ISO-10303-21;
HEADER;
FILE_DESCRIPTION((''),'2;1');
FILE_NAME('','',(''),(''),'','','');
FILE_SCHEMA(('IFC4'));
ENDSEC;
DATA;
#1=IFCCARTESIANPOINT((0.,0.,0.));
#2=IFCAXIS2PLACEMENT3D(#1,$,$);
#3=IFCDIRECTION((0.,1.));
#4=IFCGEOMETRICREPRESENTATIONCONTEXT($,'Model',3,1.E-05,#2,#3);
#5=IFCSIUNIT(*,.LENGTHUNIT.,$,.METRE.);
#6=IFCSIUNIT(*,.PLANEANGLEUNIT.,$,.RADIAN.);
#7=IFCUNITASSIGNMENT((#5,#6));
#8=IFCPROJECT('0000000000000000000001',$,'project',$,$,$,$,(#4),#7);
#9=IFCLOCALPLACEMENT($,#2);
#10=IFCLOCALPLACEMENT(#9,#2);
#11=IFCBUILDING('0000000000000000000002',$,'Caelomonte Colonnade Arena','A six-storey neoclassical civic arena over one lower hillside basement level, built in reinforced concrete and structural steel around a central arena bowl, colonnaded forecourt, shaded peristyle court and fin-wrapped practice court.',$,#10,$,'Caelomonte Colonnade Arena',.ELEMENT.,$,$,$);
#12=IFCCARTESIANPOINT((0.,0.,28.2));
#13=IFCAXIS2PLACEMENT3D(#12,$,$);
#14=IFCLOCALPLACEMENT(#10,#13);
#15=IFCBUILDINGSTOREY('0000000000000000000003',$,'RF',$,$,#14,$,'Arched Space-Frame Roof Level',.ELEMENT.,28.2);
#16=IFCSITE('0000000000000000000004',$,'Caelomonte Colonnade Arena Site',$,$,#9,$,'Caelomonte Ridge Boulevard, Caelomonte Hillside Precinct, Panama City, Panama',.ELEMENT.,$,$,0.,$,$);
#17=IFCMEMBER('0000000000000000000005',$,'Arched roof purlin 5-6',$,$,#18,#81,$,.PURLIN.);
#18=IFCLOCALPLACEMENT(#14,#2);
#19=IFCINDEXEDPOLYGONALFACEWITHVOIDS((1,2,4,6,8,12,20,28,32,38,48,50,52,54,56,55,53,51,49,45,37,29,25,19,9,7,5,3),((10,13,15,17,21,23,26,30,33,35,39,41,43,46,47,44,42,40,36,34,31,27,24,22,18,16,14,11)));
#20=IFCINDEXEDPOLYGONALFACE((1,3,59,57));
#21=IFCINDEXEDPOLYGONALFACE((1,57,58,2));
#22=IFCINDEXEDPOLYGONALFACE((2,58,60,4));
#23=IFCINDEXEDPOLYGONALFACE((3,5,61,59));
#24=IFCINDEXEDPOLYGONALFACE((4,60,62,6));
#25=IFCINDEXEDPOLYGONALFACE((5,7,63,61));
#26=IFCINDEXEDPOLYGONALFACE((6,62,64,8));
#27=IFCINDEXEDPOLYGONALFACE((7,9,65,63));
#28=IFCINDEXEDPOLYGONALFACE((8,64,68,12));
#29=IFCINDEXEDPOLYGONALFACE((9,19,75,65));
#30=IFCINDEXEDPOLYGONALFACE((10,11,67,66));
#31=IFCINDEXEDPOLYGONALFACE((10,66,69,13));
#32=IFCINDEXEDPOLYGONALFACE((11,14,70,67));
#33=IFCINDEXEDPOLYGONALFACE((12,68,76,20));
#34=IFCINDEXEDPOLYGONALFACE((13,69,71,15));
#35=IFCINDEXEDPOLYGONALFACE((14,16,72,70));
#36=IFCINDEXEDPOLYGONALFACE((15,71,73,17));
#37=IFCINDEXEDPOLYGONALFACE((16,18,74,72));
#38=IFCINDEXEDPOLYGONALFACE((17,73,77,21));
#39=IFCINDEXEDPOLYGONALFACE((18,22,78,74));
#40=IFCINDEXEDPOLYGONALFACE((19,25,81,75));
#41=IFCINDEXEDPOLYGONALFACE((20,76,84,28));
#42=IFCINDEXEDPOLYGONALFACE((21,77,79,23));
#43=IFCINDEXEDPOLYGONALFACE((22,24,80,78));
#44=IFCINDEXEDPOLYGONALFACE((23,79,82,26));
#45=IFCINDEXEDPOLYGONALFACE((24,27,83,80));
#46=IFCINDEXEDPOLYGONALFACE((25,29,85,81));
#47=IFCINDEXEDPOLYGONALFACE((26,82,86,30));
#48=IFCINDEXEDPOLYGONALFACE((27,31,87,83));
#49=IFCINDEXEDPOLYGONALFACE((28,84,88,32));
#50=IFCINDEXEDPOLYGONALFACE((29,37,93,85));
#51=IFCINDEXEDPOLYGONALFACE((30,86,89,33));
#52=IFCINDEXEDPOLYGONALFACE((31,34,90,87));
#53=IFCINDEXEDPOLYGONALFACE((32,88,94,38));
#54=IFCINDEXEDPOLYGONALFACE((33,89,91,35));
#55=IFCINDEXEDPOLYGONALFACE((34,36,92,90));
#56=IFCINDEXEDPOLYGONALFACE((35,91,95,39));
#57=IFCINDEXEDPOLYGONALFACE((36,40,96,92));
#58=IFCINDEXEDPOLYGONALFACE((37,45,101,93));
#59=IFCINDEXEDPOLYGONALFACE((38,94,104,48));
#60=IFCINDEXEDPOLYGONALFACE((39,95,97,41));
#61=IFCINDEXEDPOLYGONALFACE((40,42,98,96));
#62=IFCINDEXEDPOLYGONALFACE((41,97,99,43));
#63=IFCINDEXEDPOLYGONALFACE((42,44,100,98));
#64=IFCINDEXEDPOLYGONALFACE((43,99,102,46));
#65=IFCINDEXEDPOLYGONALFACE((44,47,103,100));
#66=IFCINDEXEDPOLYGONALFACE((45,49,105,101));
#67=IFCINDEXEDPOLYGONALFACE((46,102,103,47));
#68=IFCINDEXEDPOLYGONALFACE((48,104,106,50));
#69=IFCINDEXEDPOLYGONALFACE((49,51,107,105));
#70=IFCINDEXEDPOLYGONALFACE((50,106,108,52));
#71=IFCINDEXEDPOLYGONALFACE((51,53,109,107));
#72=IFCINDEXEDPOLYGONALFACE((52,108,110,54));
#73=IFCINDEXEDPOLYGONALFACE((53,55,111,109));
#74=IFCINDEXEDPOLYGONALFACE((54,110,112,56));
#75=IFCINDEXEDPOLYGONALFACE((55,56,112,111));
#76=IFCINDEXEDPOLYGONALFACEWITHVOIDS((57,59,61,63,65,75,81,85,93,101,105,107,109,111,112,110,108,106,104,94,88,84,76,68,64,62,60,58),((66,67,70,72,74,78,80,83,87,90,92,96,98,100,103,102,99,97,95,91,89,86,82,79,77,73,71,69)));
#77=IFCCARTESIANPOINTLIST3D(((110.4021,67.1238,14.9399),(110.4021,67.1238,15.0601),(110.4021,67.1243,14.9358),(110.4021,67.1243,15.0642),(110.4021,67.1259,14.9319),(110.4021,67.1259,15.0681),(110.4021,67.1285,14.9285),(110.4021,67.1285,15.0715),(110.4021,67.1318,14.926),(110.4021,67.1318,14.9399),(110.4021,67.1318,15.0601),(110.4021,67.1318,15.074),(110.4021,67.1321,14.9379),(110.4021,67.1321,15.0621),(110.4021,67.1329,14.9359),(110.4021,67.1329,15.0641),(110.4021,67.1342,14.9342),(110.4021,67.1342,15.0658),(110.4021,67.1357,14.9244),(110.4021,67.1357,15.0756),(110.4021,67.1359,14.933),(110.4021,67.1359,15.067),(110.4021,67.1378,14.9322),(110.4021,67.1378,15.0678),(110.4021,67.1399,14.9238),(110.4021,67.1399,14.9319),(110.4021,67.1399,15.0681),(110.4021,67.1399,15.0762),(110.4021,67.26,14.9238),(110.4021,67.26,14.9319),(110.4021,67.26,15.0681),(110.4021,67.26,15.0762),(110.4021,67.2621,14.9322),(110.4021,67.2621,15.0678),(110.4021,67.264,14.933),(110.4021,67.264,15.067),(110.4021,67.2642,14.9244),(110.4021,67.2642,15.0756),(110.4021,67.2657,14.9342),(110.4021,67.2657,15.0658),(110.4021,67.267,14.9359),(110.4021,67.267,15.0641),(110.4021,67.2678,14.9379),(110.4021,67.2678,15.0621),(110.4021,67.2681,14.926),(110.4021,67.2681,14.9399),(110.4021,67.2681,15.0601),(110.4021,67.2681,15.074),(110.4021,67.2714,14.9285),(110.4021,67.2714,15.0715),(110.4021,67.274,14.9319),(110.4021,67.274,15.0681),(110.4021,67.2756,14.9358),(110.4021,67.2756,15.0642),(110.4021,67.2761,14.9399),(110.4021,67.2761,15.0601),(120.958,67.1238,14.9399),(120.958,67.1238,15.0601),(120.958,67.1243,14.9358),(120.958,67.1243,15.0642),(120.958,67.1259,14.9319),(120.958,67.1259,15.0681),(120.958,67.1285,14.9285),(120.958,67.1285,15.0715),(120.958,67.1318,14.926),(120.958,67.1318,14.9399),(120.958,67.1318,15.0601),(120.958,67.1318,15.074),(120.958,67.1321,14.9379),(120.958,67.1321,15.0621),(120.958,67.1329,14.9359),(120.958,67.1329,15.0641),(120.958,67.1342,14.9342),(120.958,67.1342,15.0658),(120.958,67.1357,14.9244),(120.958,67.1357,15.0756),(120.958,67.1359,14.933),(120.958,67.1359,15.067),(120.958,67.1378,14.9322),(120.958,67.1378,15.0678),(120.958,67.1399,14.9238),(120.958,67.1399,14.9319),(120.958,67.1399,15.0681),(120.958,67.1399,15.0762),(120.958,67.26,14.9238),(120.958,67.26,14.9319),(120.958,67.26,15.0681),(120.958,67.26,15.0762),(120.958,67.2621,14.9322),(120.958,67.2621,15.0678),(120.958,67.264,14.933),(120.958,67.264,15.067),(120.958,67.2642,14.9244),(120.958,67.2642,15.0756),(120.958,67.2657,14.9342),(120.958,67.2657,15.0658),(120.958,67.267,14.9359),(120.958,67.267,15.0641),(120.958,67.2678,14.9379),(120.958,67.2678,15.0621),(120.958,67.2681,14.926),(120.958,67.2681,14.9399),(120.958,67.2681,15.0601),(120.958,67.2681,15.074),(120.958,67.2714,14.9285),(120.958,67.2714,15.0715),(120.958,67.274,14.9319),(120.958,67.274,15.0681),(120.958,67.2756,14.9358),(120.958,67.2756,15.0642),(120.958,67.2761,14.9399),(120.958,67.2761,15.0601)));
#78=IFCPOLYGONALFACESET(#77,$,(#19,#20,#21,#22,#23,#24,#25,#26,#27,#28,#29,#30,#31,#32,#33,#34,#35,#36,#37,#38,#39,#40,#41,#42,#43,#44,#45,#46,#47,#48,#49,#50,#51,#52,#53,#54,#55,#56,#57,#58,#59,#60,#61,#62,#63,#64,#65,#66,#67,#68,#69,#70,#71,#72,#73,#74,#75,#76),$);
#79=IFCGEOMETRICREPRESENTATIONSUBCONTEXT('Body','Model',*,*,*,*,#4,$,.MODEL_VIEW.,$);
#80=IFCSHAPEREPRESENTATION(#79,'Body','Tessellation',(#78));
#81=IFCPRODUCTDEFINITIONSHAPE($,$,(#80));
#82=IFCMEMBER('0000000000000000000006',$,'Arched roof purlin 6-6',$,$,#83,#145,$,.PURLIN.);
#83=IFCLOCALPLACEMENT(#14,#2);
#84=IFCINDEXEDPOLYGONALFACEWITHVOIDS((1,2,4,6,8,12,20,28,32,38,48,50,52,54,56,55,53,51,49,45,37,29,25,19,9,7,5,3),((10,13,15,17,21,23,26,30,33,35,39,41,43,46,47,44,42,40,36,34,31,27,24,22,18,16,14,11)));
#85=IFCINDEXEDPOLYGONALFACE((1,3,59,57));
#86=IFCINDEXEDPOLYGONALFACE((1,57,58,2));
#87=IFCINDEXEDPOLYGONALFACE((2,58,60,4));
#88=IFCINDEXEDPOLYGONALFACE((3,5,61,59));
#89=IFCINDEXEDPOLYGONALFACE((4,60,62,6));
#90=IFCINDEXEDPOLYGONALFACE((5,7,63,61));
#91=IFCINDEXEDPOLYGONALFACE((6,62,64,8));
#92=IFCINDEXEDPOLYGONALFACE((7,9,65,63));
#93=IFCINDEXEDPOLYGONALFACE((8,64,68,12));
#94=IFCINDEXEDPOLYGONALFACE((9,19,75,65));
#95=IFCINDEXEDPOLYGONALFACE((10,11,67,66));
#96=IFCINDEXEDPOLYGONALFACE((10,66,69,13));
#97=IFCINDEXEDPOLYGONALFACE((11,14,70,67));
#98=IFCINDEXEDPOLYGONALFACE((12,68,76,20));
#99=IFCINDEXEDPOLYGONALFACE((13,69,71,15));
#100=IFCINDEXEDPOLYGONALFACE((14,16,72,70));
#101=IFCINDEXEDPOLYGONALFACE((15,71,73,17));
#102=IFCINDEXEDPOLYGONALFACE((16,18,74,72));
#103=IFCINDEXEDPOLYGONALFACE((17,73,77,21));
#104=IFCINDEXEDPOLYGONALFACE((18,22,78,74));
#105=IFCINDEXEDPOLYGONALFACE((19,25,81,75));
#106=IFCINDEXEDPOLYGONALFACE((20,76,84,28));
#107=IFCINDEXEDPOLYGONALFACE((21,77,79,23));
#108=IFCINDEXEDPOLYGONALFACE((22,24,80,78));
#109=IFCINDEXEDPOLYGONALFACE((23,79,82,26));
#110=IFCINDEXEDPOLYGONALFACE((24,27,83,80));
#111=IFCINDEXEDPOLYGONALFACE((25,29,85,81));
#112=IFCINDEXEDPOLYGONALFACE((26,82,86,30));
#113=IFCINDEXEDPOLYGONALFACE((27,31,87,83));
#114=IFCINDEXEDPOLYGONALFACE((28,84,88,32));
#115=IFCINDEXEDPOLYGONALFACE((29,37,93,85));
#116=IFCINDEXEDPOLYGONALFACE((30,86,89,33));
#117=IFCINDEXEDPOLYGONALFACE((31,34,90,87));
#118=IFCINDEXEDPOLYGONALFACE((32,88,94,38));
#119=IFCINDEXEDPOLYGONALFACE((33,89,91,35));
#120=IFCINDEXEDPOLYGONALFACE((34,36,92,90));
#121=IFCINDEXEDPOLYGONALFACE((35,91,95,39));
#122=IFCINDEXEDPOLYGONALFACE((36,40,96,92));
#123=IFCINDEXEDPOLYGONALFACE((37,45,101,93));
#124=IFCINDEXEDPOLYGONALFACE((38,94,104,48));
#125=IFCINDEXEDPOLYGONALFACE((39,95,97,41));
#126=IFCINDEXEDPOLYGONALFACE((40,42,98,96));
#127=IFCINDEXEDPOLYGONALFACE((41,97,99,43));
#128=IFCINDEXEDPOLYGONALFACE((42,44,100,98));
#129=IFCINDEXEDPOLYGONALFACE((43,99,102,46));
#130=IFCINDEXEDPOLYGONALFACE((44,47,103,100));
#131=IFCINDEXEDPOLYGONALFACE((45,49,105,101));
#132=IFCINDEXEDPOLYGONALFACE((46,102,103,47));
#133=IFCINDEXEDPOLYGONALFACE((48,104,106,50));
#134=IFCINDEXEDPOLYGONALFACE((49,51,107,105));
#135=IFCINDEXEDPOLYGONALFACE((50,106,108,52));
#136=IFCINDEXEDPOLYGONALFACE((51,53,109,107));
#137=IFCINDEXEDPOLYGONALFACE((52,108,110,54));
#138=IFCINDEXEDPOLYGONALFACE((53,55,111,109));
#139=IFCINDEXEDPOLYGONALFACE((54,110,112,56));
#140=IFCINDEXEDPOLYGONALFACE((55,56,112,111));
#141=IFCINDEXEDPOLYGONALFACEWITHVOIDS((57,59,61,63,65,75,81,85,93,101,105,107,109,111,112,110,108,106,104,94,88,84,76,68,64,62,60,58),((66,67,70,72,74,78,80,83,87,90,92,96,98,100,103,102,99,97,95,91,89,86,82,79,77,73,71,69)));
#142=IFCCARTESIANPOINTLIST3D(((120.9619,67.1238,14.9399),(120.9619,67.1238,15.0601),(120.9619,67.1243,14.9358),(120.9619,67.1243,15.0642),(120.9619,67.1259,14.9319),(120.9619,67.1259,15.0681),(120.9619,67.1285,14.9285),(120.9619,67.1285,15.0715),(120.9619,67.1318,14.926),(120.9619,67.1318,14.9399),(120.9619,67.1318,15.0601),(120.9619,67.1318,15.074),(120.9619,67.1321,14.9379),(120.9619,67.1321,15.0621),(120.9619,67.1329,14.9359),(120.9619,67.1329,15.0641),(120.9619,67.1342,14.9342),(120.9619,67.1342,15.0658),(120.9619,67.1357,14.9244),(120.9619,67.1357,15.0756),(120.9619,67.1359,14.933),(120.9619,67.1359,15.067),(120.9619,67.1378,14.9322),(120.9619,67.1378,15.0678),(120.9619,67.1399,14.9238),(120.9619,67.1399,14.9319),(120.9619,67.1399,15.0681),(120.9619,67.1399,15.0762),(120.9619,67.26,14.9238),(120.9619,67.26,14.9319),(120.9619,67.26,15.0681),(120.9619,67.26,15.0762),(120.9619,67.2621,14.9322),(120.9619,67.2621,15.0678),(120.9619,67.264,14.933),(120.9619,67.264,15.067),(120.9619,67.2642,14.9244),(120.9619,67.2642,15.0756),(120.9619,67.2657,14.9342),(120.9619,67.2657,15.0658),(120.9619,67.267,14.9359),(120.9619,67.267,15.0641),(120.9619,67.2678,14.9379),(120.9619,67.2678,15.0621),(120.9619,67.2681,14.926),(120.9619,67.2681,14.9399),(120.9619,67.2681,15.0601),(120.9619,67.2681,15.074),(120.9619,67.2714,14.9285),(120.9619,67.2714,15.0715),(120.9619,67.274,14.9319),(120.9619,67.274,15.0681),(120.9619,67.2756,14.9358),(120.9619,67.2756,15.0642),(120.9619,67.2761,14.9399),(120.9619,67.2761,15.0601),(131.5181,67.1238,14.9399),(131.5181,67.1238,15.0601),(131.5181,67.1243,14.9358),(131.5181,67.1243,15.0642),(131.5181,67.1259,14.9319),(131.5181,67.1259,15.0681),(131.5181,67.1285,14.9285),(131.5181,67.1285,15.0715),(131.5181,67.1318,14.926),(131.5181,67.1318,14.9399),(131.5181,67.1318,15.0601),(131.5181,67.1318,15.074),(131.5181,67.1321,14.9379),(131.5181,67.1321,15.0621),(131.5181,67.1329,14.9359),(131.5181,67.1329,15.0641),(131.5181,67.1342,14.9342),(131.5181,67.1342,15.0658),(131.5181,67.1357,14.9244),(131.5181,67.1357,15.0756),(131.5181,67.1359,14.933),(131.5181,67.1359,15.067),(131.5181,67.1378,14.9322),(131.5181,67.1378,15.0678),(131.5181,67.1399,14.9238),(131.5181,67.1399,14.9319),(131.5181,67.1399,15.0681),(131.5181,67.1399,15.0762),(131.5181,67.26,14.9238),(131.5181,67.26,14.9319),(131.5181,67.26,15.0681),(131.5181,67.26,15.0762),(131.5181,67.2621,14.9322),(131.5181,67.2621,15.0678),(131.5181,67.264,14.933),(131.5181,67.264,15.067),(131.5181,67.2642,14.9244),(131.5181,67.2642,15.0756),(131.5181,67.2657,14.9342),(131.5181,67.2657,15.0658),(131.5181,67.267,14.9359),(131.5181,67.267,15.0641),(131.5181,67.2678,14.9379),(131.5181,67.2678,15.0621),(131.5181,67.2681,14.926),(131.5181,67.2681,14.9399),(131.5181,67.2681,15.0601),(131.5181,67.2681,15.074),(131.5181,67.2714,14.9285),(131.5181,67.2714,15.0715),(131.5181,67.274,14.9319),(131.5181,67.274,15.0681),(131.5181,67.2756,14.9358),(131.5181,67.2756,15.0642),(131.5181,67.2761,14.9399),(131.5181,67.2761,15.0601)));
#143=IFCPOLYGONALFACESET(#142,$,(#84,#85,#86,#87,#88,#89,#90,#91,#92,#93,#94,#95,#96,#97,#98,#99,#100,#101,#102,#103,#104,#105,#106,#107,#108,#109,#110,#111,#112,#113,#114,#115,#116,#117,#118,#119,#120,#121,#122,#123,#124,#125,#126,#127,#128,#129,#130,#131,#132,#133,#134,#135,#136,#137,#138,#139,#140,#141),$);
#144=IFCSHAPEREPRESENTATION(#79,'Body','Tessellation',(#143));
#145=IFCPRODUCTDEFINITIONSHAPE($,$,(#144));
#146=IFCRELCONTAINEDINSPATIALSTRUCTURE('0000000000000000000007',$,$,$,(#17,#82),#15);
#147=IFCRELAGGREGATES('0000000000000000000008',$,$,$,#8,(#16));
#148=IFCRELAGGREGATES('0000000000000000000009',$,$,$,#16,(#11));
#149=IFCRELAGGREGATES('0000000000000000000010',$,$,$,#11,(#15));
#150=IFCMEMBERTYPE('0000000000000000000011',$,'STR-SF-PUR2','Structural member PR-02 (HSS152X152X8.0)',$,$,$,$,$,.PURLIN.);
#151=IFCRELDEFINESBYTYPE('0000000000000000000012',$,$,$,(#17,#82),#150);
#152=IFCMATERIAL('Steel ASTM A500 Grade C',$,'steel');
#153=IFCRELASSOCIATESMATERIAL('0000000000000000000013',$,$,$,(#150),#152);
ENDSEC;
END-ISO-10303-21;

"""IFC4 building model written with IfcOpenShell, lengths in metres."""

from ifc_helpers import new_model, si_unit, direction, frame, origin, origin_2d, place, context, subcontext, project, spatial, hollow_rectangle, extrude, material, material_profile, profile_set, type_object, element, save


model = new_model("IFC4")

# Units and contexts
model_context = context("Model", 3, precision=1e-05, world=origin(), true_north=direction((0.0, 1.0)))
body_context = subcontext(model_context, "Body", "Model", "MODEL_VIEW")
ifc_project = project(units=[si_unit("LENGTHUNIT", "METRE"), si_unit("PLANEANGLEUNIT", "RADIAN")], contexts=[model_context])

# Site, building, storey
site_placement = place(None, origin())
site = spatial("IfcSite", under=ifc_project, at=site_placement, Name="Caelomonte Colonnade Arena Site", LongName="Caelomonte Ridge Boulevard, Caelomonte Hillside Precinct, Panama City, Panama", CompositionType="ELEMENT", RefElevation=0.0)
building_placement = place(site_placement, origin())
building = spatial("IfcBuilding", under=site, at=building_placement, Name="Caelomonte Colonnade Arena", Description="A six-storey neoclassical civic arena over one lower hillside basement level, built in reinforced concrete and structural steel around a central arena bowl, colonnaded forecourt, shaded peristyle court and fin-wrapped practice court.", LongName="Caelomonte Colonnade Arena", CompositionType="ELEMENT")
storey_placement = place(building_placement, frame((0.0, 0.0, 28.2)))
storey = spatial("IfcBuildingStorey", under=building, at=storey_placement, Name="RF", LongName="Arched Space-Frame Roof Level", CompositionType="ELEMENT", Elevation=28.2)

# Members
ifc_material_1 = material(Name="Steel ASTM A500 Grade C", Category="steel")
ifc_material_profile_1 = material_profile(ifc_material_1, hollow_rectangle(XDim=0.1523, YDim=0.1523, WallThickness=0.0081, InnerFilletRadius=0.0081, OuterFilletRadius=0.0161, at=origin_2d()), Name="HSS152X152X8.0")
ifc_profile_set_1 = profile_set([ifc_material_profile_1], Name="Steel ASTM A500 Grade C")
member_type_1 = type_object("IfcMemberType", Name="STR-SF-PUR2", Description="Structural member PR-02 (HSS152X152X8.0)", PredefinedType="PURLIN", material=ifc_profile_set_1)
member_1_placement = place(storey_placement, frame((110.4021, 67.2, 15.0), z_axis=(1.0, 0.0, 0.0), x_axis=(0.0, 1.0, 0.0)))
element("IfcMember", 1, at=member_1_placement, inside=storey, type_object=member_type_1, Name="Arched roof purlin 5-6", PredefinedType="PURLIN", context=body_context, shape_type="SweptSolid", body=[
    extrude(hollow_rectangle(XDim=0.1523, YDim=0.1523, WallThickness=0.0081, InnerFilletRadius=0.0081, OuterFilletRadius=0.0161, at=origin_2d()), origin(), (0.0, 0.0, 1.0), 10.5559),
])
member_2_placement = place(storey_placement, frame((120.9619, 67.2, 15.0), z_axis=(1.0, 0.0, 0.0), x_axis=(0.0, 1.0, 0.0)))
element("IfcMember", 2, at=member_2_placement, inside=storey, type_object=member_type_1, Name="Arched roof purlin 6-6", PredefinedType="PURLIN", context=body_context, shape_type="SweptSolid", body=[
    extrude(hollow_rectangle(XDim=0.1523, YDim=0.1523, WallThickness=0.0081, InnerFilletRadius=0.0081, OuterFilletRadius=0.0161, at=origin_2d()), origin(), (0.0, 0.0, 1.0), 10.5562),
])

save(model, "model.ifc")
